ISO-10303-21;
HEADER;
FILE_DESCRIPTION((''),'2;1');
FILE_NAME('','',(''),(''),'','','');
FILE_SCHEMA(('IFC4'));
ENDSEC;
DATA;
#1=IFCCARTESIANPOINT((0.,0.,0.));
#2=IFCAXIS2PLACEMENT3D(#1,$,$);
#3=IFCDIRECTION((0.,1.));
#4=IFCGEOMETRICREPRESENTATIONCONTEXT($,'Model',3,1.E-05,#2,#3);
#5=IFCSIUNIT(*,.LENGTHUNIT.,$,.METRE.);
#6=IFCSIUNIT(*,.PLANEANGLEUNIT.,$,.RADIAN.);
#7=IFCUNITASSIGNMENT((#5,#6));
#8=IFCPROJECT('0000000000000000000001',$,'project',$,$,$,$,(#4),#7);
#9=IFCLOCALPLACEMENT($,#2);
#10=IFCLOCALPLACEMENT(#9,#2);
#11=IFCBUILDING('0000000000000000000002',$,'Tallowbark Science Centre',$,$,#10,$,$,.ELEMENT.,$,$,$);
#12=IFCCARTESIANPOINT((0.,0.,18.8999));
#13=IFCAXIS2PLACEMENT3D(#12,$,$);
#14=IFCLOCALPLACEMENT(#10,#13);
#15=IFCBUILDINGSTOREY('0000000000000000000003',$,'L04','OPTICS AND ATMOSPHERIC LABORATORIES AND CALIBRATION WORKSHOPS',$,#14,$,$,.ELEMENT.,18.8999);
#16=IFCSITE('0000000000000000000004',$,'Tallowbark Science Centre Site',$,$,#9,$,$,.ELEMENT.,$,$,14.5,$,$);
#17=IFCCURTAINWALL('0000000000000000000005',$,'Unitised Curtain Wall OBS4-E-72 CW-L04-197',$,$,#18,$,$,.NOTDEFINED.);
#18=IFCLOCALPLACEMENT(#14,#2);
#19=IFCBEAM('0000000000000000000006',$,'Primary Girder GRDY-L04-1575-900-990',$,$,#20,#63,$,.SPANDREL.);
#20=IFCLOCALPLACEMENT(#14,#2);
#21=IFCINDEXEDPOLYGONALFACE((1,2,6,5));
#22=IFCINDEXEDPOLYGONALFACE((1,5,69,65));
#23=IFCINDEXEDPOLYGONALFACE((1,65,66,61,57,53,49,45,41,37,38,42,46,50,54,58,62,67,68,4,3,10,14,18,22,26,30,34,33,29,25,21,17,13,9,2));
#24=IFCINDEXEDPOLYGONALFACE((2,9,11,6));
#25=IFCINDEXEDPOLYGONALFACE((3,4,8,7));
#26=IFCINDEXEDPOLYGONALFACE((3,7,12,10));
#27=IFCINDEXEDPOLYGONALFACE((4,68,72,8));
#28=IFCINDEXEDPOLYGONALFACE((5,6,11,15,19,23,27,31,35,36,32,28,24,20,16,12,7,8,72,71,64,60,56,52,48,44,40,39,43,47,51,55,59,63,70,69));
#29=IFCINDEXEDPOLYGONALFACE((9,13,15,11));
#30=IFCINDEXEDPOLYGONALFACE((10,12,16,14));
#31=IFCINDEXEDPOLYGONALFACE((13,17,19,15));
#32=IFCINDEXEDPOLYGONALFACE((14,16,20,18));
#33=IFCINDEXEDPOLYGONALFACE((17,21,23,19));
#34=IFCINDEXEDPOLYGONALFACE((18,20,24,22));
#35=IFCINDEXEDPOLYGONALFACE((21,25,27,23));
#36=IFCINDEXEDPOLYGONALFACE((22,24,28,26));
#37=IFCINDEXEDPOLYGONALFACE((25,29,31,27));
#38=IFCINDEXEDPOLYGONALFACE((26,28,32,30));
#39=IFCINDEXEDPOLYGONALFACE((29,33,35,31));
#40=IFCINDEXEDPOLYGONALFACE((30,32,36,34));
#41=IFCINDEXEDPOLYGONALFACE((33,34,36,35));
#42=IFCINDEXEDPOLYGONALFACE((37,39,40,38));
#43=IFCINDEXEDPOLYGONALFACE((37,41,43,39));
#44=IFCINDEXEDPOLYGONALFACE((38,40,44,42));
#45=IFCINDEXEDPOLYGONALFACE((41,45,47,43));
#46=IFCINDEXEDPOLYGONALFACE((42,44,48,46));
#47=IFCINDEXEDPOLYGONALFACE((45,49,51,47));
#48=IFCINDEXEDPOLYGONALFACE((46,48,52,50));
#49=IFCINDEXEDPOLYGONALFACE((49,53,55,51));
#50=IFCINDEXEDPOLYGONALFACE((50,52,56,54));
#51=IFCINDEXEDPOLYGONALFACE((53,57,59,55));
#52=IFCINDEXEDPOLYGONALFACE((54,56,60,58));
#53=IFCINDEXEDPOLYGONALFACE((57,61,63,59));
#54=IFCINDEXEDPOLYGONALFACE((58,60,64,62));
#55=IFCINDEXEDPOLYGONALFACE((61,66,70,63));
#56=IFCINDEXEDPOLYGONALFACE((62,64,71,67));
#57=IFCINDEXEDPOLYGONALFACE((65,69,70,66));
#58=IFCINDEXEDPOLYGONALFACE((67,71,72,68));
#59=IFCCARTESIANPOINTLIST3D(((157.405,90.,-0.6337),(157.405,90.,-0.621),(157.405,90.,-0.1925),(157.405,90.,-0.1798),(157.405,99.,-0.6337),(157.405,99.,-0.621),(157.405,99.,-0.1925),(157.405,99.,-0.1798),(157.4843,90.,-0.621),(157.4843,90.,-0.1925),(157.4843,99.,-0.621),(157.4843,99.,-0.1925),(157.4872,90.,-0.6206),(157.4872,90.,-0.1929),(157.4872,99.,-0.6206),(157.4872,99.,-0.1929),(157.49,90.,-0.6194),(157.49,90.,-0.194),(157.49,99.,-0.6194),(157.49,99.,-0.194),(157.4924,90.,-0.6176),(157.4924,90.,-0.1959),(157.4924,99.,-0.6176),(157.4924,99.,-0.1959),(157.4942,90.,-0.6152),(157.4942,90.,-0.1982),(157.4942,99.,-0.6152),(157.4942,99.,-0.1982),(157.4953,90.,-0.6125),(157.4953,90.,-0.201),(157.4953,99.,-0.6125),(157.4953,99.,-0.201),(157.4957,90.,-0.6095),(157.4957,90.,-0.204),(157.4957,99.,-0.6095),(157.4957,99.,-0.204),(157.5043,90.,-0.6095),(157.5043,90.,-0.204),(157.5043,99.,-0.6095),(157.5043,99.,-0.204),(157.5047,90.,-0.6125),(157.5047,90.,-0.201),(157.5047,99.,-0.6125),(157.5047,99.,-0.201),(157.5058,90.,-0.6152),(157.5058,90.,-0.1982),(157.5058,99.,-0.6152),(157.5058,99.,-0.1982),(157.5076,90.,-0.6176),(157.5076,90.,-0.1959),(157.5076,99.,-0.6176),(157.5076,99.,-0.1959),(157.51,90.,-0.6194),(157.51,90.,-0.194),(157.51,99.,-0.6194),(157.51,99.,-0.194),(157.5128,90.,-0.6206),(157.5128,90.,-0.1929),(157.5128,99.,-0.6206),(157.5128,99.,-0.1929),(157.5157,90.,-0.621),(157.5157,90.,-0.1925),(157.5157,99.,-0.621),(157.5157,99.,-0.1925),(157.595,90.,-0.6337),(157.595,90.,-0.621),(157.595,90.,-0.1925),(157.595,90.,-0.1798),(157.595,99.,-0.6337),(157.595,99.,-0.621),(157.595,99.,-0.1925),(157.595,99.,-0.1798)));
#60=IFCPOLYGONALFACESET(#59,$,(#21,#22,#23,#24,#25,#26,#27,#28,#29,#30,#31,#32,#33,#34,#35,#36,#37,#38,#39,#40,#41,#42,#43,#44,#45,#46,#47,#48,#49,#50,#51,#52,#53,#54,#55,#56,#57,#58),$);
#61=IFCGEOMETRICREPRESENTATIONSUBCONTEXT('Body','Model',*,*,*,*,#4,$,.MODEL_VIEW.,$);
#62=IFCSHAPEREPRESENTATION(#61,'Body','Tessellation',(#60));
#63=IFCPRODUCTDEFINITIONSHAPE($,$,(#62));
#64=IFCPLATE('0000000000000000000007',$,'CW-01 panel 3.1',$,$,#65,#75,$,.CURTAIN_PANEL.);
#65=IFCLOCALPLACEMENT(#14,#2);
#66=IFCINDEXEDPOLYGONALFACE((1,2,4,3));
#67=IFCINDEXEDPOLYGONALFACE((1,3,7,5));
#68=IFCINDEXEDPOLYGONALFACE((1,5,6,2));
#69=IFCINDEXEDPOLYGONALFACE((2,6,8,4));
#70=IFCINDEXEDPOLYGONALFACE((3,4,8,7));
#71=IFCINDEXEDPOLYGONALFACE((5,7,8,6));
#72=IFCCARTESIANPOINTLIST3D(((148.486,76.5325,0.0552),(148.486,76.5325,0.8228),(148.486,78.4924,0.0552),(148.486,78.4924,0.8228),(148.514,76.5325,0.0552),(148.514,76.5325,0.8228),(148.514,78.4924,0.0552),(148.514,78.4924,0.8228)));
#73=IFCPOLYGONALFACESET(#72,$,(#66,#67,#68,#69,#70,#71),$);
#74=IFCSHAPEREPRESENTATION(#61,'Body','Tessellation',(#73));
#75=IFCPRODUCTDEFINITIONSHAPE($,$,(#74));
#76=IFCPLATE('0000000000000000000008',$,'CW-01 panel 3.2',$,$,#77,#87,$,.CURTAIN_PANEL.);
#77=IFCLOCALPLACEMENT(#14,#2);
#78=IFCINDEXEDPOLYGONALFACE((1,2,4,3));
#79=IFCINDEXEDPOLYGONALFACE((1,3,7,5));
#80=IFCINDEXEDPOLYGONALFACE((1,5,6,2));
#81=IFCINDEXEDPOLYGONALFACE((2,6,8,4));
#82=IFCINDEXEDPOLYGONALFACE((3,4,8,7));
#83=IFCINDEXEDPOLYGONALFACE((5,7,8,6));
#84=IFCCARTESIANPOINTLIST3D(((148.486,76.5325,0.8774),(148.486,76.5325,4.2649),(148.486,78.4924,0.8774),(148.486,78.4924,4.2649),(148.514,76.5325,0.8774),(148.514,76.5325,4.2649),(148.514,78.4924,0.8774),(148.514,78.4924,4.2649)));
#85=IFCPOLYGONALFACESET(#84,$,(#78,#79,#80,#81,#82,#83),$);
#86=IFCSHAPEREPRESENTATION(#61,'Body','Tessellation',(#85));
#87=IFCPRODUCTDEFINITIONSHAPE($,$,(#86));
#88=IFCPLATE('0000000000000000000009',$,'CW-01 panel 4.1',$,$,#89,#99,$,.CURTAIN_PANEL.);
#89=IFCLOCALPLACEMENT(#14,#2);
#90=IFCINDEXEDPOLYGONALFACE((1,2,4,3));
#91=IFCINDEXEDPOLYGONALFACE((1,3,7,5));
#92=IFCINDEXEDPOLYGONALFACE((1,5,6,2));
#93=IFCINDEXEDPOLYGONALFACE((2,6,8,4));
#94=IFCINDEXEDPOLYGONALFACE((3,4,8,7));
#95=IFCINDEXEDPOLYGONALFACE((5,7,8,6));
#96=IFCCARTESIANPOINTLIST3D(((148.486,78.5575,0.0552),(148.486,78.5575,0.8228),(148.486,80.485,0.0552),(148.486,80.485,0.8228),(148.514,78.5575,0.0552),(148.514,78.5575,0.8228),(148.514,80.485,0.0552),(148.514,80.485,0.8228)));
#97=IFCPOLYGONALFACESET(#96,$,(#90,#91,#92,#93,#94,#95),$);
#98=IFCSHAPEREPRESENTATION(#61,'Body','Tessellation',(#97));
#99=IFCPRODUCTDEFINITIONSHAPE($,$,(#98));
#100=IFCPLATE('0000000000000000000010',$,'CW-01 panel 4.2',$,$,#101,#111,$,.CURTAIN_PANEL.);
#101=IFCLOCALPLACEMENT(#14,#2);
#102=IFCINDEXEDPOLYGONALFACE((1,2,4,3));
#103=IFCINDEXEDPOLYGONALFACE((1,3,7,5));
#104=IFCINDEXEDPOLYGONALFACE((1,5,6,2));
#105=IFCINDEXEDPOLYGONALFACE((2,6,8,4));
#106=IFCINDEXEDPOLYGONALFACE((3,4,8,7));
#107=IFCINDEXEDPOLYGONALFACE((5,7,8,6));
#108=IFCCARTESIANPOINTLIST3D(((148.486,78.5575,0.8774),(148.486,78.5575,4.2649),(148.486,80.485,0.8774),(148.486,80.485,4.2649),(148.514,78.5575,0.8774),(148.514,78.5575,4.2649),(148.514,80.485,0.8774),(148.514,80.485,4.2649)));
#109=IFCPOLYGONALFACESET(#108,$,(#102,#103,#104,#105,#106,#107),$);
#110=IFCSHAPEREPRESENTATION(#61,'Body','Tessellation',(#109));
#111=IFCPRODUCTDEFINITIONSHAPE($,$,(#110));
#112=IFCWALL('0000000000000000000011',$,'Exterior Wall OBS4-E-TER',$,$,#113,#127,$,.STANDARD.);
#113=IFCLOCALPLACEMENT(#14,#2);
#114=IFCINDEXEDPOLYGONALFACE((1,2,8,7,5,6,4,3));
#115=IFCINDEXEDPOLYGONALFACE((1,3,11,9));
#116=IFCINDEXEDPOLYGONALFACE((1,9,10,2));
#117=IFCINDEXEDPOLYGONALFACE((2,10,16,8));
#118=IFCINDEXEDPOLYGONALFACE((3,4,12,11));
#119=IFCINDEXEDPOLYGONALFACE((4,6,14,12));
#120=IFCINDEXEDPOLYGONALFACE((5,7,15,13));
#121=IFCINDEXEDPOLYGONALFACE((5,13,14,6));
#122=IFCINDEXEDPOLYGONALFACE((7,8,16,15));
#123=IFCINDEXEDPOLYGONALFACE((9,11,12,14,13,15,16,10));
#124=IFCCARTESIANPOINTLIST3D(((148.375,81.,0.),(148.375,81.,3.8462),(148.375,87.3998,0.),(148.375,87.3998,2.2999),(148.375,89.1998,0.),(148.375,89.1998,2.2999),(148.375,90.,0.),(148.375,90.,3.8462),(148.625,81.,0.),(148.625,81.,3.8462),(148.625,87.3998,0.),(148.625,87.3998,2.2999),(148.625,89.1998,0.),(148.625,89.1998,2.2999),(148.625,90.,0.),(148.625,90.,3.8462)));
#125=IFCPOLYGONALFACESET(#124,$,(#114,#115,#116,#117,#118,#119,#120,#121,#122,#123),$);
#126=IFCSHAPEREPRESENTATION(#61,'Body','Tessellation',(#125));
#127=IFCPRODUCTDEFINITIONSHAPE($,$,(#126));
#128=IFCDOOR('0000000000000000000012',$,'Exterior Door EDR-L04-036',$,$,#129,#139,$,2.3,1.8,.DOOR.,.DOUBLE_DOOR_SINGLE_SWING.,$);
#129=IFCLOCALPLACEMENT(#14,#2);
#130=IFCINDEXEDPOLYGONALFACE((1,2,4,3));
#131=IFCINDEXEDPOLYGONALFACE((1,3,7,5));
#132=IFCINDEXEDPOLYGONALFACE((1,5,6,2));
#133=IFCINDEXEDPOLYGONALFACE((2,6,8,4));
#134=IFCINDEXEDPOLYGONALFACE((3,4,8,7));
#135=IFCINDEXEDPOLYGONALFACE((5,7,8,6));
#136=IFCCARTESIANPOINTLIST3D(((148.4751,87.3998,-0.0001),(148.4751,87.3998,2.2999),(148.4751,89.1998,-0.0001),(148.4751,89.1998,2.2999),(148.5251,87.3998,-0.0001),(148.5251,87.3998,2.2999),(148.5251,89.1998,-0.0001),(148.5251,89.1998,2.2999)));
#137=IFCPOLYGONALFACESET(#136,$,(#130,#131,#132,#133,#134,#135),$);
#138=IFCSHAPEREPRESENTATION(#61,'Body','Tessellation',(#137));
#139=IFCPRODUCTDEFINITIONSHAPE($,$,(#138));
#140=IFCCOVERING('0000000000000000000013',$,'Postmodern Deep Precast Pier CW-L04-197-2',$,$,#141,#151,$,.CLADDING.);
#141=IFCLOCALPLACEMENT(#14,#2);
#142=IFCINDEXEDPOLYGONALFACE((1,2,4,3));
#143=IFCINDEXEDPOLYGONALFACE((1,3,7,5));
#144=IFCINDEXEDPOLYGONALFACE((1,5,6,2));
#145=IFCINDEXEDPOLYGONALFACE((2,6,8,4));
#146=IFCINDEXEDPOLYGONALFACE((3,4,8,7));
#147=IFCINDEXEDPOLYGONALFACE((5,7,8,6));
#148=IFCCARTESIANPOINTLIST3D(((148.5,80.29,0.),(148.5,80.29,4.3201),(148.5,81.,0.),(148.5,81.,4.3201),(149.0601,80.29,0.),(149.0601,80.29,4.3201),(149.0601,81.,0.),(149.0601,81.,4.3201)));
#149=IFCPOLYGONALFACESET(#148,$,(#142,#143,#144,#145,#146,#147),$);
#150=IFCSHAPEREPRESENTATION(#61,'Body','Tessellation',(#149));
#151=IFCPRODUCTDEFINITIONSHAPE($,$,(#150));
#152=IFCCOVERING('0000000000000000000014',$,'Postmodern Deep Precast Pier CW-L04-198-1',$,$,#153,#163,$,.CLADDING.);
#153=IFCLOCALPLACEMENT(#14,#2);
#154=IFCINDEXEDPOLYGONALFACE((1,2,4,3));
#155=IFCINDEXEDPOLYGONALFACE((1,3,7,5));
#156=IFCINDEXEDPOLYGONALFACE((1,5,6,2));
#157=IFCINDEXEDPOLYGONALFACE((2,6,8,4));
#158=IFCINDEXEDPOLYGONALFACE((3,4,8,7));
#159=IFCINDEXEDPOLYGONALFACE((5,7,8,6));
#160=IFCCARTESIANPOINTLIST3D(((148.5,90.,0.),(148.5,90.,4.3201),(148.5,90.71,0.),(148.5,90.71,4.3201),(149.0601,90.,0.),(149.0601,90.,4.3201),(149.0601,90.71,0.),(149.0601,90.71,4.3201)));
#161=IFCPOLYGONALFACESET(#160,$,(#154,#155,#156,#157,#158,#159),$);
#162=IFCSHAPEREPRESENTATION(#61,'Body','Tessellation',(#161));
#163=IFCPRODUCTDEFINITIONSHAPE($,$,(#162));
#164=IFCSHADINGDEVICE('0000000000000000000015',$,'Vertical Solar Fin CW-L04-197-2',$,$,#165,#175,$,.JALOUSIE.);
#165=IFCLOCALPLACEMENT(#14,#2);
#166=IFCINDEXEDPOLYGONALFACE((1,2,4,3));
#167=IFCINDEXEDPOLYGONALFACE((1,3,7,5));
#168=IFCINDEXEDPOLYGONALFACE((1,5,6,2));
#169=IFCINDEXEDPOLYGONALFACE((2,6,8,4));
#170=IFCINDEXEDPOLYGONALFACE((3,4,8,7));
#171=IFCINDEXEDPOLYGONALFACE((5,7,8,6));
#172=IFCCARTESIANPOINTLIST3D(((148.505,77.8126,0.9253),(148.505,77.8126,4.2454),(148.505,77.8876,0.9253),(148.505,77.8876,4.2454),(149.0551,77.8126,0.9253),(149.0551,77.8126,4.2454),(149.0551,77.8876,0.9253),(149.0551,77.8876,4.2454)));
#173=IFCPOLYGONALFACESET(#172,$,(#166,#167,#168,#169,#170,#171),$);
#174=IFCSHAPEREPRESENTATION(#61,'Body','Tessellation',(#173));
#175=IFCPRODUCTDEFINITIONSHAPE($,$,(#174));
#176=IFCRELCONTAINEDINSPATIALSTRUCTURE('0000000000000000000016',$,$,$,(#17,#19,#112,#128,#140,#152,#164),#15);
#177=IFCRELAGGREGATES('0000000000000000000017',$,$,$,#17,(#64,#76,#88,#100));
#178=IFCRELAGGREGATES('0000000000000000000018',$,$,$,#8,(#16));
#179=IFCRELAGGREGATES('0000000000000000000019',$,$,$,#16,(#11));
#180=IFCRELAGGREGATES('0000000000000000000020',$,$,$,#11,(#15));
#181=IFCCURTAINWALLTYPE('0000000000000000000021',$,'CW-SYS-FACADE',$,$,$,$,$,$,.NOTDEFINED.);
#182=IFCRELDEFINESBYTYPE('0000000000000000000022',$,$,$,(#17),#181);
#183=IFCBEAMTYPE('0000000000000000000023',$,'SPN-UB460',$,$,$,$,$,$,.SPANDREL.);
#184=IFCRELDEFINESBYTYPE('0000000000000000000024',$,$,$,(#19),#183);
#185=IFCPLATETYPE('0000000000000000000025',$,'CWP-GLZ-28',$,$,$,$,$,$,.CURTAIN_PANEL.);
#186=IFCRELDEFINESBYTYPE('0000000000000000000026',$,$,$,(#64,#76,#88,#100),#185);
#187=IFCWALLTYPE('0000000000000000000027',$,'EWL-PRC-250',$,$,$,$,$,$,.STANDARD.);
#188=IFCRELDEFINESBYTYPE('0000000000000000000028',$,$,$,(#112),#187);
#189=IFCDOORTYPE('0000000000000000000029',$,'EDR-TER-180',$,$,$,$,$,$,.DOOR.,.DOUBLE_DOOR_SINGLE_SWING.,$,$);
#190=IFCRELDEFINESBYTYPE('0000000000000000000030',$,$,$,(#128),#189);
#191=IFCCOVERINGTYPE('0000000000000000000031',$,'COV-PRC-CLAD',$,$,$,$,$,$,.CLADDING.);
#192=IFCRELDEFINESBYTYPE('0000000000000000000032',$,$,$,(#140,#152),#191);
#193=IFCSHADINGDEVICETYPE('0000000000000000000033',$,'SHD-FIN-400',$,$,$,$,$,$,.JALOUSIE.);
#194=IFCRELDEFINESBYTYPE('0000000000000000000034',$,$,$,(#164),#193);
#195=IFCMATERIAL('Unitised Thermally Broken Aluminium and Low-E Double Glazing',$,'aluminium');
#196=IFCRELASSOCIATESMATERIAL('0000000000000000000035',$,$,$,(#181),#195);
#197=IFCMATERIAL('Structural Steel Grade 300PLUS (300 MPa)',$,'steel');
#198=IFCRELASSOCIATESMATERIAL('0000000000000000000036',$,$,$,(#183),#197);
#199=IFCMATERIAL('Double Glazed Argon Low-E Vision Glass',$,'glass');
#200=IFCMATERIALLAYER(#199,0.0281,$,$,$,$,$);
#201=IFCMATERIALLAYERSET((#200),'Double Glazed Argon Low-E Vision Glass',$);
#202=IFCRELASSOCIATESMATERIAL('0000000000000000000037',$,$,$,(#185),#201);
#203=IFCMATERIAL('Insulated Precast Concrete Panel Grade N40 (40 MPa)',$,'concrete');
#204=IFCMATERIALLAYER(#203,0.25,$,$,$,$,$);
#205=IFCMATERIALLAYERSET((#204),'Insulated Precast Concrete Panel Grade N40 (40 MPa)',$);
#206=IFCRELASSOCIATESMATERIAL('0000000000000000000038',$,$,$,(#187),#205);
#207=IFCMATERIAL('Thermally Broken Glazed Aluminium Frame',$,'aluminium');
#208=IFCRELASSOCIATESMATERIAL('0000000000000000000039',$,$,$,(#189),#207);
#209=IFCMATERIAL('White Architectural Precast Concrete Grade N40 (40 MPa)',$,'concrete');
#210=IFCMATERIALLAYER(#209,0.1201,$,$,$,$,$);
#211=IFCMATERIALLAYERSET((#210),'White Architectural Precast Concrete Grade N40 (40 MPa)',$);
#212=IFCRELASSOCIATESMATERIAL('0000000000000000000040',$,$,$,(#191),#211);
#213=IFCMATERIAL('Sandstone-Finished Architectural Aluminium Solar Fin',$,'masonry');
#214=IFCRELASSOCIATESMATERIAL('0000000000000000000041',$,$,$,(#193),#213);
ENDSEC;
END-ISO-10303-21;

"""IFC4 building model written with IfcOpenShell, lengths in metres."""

from ifc_helpers import new_model, si_unit, direction, frame, frame_2d, origin, origin_2d, place, context, subcontext, project, spatial, rectangle, i_section, extrude, material, layer, layer_set, material_profile, profile_set, type_object, element, fill, aggregate, save


model = new_model("IFC4")

# Units and contexts
model_context = context("Model", 3, precision=1e-05, world=origin(), true_north=direction((0.0, 1.0)))
body_context = subcontext(model_context, "Body", "Model", "MODEL_VIEW")
ifc_project = project(units=[si_unit("LENGTHUNIT", "METRE"), si_unit("PLANEANGLEUNIT", "RADIAN")], contexts=[model_context])

# Site, building, storey
site_placement = place(None, origin())
site = spatial("IfcSite", under=ifc_project, at=site_placement, Name="Tallowbark Science Centre Site", CompositionType="ELEMENT", RefElevation=14.5)
building_placement = place(site_placement, origin())
building = spatial("IfcBuilding", under=site, at=building_placement, Name="Tallowbark Science Centre", CompositionType="ELEMENT")
storey_placement = place(building_placement, frame((0.0, 0.0, 18.8999)))
storey = spatial("IfcBuildingStorey", under=building, at=storey_placement, Name="L04", Description="OPTICS AND ATMOSPHERIC LABORATORIES AND CALIBRATION WORKSHOPS", CompositionType="ELEMENT", Elevation=18.8999)

# Shared definitions
ifc_material_1 = material(Name="Structural Steel Grade 300PLUS (300 MPa)", Category="steel")

# Curtain wall
ifc_material_2 = material(Name="Unitised Thermally Broken Aluminium and Low-E Double Glazing", Category="aluminium")
curtain_wall_type = type_object("IfcCurtainWallType", Name="CW-SYS-FACADE", PredefinedType="NOTDEFINED", material=ifc_material_2)
curtain_wall_placement = place(storey_placement, origin())
curtain_wall = element("IfcCurtainWall", 1, at=curtain_wall_placement, inside=storey, type_object=curtain_wall_type, Name="Unitised Curtain Wall OBS4-E-72 CW-L04-197", PredefinedType="NOTDEFINED")

# Beam
ifc_material_profile_1 = material_profile(ifc_material_1, i_section(OverallWidth=0.1899, OverallDepth=0.4539, WebThickness=0.0085, FlangeThickness=0.0127, FilletRadius=0.0115, at=origin_2d()), Name="460UB67.1")
ifc_profile_set_1 = profile_set([ifc_material_profile_1], Name="Structural Steel Grade 300PLUS (300 MPa)")
beam_type_1 = type_object("IfcBeamType", Name="SPN-UB460", PredefinedType="SPANDREL", material=ifc_profile_set_1)
for number, where, z_axis, x_axis, name in (
    (2, (157.5, 90.0, -0.4067), (0.0, 1.0, 0.0), (-1.0, 0.0, 0.0), "Primary Girder GRDY-L04-1575-900-990"),
):
    element("IfcBeam", number, at=place(storey_placement, frame(where, z_axis=z_axis, x_axis=x_axis)), inside=storey, type_object=beam_type_1, Name=name, PredefinedType="SPANDREL", context=body_context, shape_type="SweptSolid", body=[
        extrude(i_section(OverallWidth=0.1899, OverallDepth=0.4539, WebThickness=0.0085, FlangeThickness=0.0127, FilletRadius=0.0115, at=origin_2d()), origin(), (0.0, 0.0, 1.0), 9.0),
    ])

# Plates
ifc_material_3 = material(Name="Double Glazed Argon Low-E Vision Glass", Category="glass")
ifc_layer_1 = layer(ifc_material_3, 0.0281)
ifc_layer_set_1 = layer_set([ifc_layer_1], Name="Double Glazed Argon Low-E Vision Glass")
plate_type = type_object("IfcPlateType", Name="CWP-GLZ-28", PredefinedType="CURTAIN_PANEL", material=ifc_layer_set_1)
plate_1_placement = place(storey_placement, frame((148.5, 77.5125, 0.0552), z_axis=(0.0, 0.0, 1.0), x_axis=(0.0, 1.0, 0.0)))
plate_1 = element("IfcPlate", 3, at=plate_1_placement, type_object=plate_type, Name="CW-01 panel 3.1", PredefinedType="CURTAIN_PANEL", context=body_context, shape_type="SweptSolid", body=[
    extrude(rectangle(XDim=1.96, YDim=0.0281, at=origin_2d()), origin(), (0.0, 0.0, 1.0), 0.7676),
])
plate_2_placement = place(storey_placement, frame((148.5, 77.5125, 0.8774), z_axis=(0.0, 0.0, 1.0), x_axis=(0.0, 1.0, 0.0)))
plate_2 = element("IfcPlate", 4, at=plate_2_placement, type_object=plate_type, Name="CW-01 panel 3.2", PredefinedType="CURTAIN_PANEL", context=body_context, shape_type="SweptSolid", body=[
    extrude(rectangle(XDim=1.96, YDim=0.0281, at=origin_2d()), origin(), (0.0, 0.0, 1.0), 3.3875),
])
plate_3_placement = place(storey_placement, frame((148.5, 79.5212, 0.0552), z_axis=(0.0, 0.0, 1.0), x_axis=(0.0, 1.0, 0.0)))
plate_3 = element("IfcPlate", 5, at=plate_3_placement, type_object=plate_type, Name="CW-01 panel 4.1", PredefinedType="CURTAIN_PANEL", context=body_context, shape_type="SweptSolid", body=[
    extrude(rectangle(XDim=1.9275, YDim=0.0281, at=origin_2d()), origin(), (0.0, 0.0, 1.0), 0.7676),
])
plate_4_placement = place(storey_placement, frame((148.5, 79.5212, 0.8774), z_axis=(0.0, 0.0, 1.0), x_axis=(0.0, 1.0, 0.0)))
plate_4 = element("IfcPlate", 6, at=plate_4_placement, type_object=plate_type, Name="CW-01 panel 4.2", PredefinedType="CURTAIN_PANEL", context=body_context, shape_type="SweptSolid", body=[
    extrude(rectangle(XDim=1.9275, YDim=0.0281, at=origin_2d()), origin(), (0.0, 0.0, 1.0), 3.3875),
])
aggregate(curtain_wall, [plate_1, plate_2, plate_3, plate_4])

# Wall, opening, door
ifc_material_4 = material(Name="Insulated Precast Concrete Panel Grade N40 (40 MPa)", Category="concrete")
ifc_layer_2 = layer(ifc_material_4, 0.25)
ifc_layer_set_2 = layer_set([ifc_layer_2], Name="Insulated Precast Concrete Panel Grade N40 (40 MPa)")
wall_type = type_object("IfcWallType", Name="EWL-PRC-250", PredefinedType="STANDARD", material=ifc_layer_set_2)
wall_placement = place(storey_placement, frame((148.5, 81.0, 0.0), z_axis=(0.0, 0.0, 1.0), x_axis=(0.0, 1.0, 0.0)))
wall = element("IfcWall", 7, at=wall_placement, inside=storey, type_object=wall_type, Name="Exterior Wall OBS4-E-TER", PredefinedType="STANDARD", context=body_context, shape_type="SweptSolid", body=[
    extrude(rectangle(XDim=9.0, YDim=0.25, at=frame_2d((4.5, 0.0))), origin(), (0.0, 0.0, 1.0), 3.8462),
])
opening_placement = place(wall_placement, frame((6.3999, 0.0, 0.0)))
opening = element("IfcOpeningElement", 8, at=opening_placement, cuts=wall, PredefinedType="OPENING", context=body_context, shape_type="SweptSolid", body=[
    extrude(rectangle(XDim=1.8, YDim=2.3, at=frame_2d((0.8999, 1.1499))), frame((0.0, 0.135, 0.0), z_axis=(0.0, -1.0, 0.0), x_axis=(1.0, 0.0, 0.0)), (0.0, 0.0, 1.0), 0.27),
])
ifc_material_5 = material(Name="Thermally Broken Glazed Aluminium Frame", Category="aluminium")
door_type = type_object("IfcDoorType", Name="EDR-TER-180", OperationType="DOUBLE_DOOR_SINGLE_SWING", PredefinedType="DOOR", material=ifc_material_5)
door_placement = place(opening_placement, origin())
door = element("IfcDoor", 9, at=door_placement, inside=storey, type_object=door_type, Name="Exterior Door EDR-L04-036", OperationType="DOUBLE_DOOR_SINGLE_SWING", OverallHeight=2.3, OverallWidth=1.8, PredefinedType="DOOR", context=body_context, shape_type="SweptSolid", body=[
    extrude(rectangle(XDim=1.8, YDim=2.3, at=frame_2d((0.8999, 1.1499))), frame((0.0, 0.0249, 0.0), z_axis=(0.0, -1.0, 0.0), x_axis=(1.0, 0.0, 0.0)), (0.0, 0.0, 1.0), 0.05),
])
fill(opening, door)

# Coverings
ifc_material_6 = material(Name="White Architectural Precast Concrete Grade N40 (40 MPa)", Category="concrete")
ifc_layer_3 = layer(ifc_material_6, 0.1201)
ifc_layer_set_3 = layer_set([ifc_layer_3], Name="White Architectural Precast Concrete Grade N40 (40 MPa)")
covering_type = type_object("IfcCoveringType", Name="COV-PRC-CLAD", PredefinedType="CLADDING", material=ifc_layer_set_3)
for number, where, z_axis, x_axis, name in (
    (10, (148.78, 80.645, 0.0), (0.0, 0.0, 1.0), (0.0, 1.0, 0.0), "Postmodern Deep Precast Pier CW-L04-197-2"),
    (11, (148.78, 90.355, 0.0), (0.0, 0.0, 1.0), (0.0, 1.0, 0.0), "Postmodern Deep Precast Pier CW-L04-198-1"),
):
    element("IfcCovering", number, at=place(storey_placement, frame(where, z_axis=z_axis, x_axis=x_axis)), inside=storey, type_object=covering_type, Name=name, PredefinedType="CLADDING", context=body_context, shape_type="SweptSolid", body=[
        extrude(rectangle(XDim=0.71, YDim=0.5601, at=origin_2d()), origin(), (0.0, 0.0, 1.0), 4.3201),
    ])

# Shading device
ifc_material_7 = material(Name="Sandstone-Finished Architectural Aluminium Solar Fin", Category="masonry")
shading_device_type = type_object("IfcShadingDeviceType", Name="SHD-FIN-400", PredefinedType="JALOUSIE", material=ifc_material_7)
shading_device_placement = place(storey_placement, frame((148.78, 77.8501, 0.9253), z_axis=(0.0, 0.0, 1.0), x_axis=(0.0, 1.0, 0.0)))
element("IfcShadingDevice", 12, at=shading_device_placement, inside=storey, type_object=shading_device_type, Name="Vertical Solar Fin CW-L04-197-2", PredefinedType="JALOUSIE", context=body_context, shape_type="SweptSolid", body=[
    extrude(rectangle(XDim=0.075, YDim=0.55, at=origin_2d()), origin(), (0.0, 0.0, 1.0), 3.3201),
])

save(model, "model.ifc")
